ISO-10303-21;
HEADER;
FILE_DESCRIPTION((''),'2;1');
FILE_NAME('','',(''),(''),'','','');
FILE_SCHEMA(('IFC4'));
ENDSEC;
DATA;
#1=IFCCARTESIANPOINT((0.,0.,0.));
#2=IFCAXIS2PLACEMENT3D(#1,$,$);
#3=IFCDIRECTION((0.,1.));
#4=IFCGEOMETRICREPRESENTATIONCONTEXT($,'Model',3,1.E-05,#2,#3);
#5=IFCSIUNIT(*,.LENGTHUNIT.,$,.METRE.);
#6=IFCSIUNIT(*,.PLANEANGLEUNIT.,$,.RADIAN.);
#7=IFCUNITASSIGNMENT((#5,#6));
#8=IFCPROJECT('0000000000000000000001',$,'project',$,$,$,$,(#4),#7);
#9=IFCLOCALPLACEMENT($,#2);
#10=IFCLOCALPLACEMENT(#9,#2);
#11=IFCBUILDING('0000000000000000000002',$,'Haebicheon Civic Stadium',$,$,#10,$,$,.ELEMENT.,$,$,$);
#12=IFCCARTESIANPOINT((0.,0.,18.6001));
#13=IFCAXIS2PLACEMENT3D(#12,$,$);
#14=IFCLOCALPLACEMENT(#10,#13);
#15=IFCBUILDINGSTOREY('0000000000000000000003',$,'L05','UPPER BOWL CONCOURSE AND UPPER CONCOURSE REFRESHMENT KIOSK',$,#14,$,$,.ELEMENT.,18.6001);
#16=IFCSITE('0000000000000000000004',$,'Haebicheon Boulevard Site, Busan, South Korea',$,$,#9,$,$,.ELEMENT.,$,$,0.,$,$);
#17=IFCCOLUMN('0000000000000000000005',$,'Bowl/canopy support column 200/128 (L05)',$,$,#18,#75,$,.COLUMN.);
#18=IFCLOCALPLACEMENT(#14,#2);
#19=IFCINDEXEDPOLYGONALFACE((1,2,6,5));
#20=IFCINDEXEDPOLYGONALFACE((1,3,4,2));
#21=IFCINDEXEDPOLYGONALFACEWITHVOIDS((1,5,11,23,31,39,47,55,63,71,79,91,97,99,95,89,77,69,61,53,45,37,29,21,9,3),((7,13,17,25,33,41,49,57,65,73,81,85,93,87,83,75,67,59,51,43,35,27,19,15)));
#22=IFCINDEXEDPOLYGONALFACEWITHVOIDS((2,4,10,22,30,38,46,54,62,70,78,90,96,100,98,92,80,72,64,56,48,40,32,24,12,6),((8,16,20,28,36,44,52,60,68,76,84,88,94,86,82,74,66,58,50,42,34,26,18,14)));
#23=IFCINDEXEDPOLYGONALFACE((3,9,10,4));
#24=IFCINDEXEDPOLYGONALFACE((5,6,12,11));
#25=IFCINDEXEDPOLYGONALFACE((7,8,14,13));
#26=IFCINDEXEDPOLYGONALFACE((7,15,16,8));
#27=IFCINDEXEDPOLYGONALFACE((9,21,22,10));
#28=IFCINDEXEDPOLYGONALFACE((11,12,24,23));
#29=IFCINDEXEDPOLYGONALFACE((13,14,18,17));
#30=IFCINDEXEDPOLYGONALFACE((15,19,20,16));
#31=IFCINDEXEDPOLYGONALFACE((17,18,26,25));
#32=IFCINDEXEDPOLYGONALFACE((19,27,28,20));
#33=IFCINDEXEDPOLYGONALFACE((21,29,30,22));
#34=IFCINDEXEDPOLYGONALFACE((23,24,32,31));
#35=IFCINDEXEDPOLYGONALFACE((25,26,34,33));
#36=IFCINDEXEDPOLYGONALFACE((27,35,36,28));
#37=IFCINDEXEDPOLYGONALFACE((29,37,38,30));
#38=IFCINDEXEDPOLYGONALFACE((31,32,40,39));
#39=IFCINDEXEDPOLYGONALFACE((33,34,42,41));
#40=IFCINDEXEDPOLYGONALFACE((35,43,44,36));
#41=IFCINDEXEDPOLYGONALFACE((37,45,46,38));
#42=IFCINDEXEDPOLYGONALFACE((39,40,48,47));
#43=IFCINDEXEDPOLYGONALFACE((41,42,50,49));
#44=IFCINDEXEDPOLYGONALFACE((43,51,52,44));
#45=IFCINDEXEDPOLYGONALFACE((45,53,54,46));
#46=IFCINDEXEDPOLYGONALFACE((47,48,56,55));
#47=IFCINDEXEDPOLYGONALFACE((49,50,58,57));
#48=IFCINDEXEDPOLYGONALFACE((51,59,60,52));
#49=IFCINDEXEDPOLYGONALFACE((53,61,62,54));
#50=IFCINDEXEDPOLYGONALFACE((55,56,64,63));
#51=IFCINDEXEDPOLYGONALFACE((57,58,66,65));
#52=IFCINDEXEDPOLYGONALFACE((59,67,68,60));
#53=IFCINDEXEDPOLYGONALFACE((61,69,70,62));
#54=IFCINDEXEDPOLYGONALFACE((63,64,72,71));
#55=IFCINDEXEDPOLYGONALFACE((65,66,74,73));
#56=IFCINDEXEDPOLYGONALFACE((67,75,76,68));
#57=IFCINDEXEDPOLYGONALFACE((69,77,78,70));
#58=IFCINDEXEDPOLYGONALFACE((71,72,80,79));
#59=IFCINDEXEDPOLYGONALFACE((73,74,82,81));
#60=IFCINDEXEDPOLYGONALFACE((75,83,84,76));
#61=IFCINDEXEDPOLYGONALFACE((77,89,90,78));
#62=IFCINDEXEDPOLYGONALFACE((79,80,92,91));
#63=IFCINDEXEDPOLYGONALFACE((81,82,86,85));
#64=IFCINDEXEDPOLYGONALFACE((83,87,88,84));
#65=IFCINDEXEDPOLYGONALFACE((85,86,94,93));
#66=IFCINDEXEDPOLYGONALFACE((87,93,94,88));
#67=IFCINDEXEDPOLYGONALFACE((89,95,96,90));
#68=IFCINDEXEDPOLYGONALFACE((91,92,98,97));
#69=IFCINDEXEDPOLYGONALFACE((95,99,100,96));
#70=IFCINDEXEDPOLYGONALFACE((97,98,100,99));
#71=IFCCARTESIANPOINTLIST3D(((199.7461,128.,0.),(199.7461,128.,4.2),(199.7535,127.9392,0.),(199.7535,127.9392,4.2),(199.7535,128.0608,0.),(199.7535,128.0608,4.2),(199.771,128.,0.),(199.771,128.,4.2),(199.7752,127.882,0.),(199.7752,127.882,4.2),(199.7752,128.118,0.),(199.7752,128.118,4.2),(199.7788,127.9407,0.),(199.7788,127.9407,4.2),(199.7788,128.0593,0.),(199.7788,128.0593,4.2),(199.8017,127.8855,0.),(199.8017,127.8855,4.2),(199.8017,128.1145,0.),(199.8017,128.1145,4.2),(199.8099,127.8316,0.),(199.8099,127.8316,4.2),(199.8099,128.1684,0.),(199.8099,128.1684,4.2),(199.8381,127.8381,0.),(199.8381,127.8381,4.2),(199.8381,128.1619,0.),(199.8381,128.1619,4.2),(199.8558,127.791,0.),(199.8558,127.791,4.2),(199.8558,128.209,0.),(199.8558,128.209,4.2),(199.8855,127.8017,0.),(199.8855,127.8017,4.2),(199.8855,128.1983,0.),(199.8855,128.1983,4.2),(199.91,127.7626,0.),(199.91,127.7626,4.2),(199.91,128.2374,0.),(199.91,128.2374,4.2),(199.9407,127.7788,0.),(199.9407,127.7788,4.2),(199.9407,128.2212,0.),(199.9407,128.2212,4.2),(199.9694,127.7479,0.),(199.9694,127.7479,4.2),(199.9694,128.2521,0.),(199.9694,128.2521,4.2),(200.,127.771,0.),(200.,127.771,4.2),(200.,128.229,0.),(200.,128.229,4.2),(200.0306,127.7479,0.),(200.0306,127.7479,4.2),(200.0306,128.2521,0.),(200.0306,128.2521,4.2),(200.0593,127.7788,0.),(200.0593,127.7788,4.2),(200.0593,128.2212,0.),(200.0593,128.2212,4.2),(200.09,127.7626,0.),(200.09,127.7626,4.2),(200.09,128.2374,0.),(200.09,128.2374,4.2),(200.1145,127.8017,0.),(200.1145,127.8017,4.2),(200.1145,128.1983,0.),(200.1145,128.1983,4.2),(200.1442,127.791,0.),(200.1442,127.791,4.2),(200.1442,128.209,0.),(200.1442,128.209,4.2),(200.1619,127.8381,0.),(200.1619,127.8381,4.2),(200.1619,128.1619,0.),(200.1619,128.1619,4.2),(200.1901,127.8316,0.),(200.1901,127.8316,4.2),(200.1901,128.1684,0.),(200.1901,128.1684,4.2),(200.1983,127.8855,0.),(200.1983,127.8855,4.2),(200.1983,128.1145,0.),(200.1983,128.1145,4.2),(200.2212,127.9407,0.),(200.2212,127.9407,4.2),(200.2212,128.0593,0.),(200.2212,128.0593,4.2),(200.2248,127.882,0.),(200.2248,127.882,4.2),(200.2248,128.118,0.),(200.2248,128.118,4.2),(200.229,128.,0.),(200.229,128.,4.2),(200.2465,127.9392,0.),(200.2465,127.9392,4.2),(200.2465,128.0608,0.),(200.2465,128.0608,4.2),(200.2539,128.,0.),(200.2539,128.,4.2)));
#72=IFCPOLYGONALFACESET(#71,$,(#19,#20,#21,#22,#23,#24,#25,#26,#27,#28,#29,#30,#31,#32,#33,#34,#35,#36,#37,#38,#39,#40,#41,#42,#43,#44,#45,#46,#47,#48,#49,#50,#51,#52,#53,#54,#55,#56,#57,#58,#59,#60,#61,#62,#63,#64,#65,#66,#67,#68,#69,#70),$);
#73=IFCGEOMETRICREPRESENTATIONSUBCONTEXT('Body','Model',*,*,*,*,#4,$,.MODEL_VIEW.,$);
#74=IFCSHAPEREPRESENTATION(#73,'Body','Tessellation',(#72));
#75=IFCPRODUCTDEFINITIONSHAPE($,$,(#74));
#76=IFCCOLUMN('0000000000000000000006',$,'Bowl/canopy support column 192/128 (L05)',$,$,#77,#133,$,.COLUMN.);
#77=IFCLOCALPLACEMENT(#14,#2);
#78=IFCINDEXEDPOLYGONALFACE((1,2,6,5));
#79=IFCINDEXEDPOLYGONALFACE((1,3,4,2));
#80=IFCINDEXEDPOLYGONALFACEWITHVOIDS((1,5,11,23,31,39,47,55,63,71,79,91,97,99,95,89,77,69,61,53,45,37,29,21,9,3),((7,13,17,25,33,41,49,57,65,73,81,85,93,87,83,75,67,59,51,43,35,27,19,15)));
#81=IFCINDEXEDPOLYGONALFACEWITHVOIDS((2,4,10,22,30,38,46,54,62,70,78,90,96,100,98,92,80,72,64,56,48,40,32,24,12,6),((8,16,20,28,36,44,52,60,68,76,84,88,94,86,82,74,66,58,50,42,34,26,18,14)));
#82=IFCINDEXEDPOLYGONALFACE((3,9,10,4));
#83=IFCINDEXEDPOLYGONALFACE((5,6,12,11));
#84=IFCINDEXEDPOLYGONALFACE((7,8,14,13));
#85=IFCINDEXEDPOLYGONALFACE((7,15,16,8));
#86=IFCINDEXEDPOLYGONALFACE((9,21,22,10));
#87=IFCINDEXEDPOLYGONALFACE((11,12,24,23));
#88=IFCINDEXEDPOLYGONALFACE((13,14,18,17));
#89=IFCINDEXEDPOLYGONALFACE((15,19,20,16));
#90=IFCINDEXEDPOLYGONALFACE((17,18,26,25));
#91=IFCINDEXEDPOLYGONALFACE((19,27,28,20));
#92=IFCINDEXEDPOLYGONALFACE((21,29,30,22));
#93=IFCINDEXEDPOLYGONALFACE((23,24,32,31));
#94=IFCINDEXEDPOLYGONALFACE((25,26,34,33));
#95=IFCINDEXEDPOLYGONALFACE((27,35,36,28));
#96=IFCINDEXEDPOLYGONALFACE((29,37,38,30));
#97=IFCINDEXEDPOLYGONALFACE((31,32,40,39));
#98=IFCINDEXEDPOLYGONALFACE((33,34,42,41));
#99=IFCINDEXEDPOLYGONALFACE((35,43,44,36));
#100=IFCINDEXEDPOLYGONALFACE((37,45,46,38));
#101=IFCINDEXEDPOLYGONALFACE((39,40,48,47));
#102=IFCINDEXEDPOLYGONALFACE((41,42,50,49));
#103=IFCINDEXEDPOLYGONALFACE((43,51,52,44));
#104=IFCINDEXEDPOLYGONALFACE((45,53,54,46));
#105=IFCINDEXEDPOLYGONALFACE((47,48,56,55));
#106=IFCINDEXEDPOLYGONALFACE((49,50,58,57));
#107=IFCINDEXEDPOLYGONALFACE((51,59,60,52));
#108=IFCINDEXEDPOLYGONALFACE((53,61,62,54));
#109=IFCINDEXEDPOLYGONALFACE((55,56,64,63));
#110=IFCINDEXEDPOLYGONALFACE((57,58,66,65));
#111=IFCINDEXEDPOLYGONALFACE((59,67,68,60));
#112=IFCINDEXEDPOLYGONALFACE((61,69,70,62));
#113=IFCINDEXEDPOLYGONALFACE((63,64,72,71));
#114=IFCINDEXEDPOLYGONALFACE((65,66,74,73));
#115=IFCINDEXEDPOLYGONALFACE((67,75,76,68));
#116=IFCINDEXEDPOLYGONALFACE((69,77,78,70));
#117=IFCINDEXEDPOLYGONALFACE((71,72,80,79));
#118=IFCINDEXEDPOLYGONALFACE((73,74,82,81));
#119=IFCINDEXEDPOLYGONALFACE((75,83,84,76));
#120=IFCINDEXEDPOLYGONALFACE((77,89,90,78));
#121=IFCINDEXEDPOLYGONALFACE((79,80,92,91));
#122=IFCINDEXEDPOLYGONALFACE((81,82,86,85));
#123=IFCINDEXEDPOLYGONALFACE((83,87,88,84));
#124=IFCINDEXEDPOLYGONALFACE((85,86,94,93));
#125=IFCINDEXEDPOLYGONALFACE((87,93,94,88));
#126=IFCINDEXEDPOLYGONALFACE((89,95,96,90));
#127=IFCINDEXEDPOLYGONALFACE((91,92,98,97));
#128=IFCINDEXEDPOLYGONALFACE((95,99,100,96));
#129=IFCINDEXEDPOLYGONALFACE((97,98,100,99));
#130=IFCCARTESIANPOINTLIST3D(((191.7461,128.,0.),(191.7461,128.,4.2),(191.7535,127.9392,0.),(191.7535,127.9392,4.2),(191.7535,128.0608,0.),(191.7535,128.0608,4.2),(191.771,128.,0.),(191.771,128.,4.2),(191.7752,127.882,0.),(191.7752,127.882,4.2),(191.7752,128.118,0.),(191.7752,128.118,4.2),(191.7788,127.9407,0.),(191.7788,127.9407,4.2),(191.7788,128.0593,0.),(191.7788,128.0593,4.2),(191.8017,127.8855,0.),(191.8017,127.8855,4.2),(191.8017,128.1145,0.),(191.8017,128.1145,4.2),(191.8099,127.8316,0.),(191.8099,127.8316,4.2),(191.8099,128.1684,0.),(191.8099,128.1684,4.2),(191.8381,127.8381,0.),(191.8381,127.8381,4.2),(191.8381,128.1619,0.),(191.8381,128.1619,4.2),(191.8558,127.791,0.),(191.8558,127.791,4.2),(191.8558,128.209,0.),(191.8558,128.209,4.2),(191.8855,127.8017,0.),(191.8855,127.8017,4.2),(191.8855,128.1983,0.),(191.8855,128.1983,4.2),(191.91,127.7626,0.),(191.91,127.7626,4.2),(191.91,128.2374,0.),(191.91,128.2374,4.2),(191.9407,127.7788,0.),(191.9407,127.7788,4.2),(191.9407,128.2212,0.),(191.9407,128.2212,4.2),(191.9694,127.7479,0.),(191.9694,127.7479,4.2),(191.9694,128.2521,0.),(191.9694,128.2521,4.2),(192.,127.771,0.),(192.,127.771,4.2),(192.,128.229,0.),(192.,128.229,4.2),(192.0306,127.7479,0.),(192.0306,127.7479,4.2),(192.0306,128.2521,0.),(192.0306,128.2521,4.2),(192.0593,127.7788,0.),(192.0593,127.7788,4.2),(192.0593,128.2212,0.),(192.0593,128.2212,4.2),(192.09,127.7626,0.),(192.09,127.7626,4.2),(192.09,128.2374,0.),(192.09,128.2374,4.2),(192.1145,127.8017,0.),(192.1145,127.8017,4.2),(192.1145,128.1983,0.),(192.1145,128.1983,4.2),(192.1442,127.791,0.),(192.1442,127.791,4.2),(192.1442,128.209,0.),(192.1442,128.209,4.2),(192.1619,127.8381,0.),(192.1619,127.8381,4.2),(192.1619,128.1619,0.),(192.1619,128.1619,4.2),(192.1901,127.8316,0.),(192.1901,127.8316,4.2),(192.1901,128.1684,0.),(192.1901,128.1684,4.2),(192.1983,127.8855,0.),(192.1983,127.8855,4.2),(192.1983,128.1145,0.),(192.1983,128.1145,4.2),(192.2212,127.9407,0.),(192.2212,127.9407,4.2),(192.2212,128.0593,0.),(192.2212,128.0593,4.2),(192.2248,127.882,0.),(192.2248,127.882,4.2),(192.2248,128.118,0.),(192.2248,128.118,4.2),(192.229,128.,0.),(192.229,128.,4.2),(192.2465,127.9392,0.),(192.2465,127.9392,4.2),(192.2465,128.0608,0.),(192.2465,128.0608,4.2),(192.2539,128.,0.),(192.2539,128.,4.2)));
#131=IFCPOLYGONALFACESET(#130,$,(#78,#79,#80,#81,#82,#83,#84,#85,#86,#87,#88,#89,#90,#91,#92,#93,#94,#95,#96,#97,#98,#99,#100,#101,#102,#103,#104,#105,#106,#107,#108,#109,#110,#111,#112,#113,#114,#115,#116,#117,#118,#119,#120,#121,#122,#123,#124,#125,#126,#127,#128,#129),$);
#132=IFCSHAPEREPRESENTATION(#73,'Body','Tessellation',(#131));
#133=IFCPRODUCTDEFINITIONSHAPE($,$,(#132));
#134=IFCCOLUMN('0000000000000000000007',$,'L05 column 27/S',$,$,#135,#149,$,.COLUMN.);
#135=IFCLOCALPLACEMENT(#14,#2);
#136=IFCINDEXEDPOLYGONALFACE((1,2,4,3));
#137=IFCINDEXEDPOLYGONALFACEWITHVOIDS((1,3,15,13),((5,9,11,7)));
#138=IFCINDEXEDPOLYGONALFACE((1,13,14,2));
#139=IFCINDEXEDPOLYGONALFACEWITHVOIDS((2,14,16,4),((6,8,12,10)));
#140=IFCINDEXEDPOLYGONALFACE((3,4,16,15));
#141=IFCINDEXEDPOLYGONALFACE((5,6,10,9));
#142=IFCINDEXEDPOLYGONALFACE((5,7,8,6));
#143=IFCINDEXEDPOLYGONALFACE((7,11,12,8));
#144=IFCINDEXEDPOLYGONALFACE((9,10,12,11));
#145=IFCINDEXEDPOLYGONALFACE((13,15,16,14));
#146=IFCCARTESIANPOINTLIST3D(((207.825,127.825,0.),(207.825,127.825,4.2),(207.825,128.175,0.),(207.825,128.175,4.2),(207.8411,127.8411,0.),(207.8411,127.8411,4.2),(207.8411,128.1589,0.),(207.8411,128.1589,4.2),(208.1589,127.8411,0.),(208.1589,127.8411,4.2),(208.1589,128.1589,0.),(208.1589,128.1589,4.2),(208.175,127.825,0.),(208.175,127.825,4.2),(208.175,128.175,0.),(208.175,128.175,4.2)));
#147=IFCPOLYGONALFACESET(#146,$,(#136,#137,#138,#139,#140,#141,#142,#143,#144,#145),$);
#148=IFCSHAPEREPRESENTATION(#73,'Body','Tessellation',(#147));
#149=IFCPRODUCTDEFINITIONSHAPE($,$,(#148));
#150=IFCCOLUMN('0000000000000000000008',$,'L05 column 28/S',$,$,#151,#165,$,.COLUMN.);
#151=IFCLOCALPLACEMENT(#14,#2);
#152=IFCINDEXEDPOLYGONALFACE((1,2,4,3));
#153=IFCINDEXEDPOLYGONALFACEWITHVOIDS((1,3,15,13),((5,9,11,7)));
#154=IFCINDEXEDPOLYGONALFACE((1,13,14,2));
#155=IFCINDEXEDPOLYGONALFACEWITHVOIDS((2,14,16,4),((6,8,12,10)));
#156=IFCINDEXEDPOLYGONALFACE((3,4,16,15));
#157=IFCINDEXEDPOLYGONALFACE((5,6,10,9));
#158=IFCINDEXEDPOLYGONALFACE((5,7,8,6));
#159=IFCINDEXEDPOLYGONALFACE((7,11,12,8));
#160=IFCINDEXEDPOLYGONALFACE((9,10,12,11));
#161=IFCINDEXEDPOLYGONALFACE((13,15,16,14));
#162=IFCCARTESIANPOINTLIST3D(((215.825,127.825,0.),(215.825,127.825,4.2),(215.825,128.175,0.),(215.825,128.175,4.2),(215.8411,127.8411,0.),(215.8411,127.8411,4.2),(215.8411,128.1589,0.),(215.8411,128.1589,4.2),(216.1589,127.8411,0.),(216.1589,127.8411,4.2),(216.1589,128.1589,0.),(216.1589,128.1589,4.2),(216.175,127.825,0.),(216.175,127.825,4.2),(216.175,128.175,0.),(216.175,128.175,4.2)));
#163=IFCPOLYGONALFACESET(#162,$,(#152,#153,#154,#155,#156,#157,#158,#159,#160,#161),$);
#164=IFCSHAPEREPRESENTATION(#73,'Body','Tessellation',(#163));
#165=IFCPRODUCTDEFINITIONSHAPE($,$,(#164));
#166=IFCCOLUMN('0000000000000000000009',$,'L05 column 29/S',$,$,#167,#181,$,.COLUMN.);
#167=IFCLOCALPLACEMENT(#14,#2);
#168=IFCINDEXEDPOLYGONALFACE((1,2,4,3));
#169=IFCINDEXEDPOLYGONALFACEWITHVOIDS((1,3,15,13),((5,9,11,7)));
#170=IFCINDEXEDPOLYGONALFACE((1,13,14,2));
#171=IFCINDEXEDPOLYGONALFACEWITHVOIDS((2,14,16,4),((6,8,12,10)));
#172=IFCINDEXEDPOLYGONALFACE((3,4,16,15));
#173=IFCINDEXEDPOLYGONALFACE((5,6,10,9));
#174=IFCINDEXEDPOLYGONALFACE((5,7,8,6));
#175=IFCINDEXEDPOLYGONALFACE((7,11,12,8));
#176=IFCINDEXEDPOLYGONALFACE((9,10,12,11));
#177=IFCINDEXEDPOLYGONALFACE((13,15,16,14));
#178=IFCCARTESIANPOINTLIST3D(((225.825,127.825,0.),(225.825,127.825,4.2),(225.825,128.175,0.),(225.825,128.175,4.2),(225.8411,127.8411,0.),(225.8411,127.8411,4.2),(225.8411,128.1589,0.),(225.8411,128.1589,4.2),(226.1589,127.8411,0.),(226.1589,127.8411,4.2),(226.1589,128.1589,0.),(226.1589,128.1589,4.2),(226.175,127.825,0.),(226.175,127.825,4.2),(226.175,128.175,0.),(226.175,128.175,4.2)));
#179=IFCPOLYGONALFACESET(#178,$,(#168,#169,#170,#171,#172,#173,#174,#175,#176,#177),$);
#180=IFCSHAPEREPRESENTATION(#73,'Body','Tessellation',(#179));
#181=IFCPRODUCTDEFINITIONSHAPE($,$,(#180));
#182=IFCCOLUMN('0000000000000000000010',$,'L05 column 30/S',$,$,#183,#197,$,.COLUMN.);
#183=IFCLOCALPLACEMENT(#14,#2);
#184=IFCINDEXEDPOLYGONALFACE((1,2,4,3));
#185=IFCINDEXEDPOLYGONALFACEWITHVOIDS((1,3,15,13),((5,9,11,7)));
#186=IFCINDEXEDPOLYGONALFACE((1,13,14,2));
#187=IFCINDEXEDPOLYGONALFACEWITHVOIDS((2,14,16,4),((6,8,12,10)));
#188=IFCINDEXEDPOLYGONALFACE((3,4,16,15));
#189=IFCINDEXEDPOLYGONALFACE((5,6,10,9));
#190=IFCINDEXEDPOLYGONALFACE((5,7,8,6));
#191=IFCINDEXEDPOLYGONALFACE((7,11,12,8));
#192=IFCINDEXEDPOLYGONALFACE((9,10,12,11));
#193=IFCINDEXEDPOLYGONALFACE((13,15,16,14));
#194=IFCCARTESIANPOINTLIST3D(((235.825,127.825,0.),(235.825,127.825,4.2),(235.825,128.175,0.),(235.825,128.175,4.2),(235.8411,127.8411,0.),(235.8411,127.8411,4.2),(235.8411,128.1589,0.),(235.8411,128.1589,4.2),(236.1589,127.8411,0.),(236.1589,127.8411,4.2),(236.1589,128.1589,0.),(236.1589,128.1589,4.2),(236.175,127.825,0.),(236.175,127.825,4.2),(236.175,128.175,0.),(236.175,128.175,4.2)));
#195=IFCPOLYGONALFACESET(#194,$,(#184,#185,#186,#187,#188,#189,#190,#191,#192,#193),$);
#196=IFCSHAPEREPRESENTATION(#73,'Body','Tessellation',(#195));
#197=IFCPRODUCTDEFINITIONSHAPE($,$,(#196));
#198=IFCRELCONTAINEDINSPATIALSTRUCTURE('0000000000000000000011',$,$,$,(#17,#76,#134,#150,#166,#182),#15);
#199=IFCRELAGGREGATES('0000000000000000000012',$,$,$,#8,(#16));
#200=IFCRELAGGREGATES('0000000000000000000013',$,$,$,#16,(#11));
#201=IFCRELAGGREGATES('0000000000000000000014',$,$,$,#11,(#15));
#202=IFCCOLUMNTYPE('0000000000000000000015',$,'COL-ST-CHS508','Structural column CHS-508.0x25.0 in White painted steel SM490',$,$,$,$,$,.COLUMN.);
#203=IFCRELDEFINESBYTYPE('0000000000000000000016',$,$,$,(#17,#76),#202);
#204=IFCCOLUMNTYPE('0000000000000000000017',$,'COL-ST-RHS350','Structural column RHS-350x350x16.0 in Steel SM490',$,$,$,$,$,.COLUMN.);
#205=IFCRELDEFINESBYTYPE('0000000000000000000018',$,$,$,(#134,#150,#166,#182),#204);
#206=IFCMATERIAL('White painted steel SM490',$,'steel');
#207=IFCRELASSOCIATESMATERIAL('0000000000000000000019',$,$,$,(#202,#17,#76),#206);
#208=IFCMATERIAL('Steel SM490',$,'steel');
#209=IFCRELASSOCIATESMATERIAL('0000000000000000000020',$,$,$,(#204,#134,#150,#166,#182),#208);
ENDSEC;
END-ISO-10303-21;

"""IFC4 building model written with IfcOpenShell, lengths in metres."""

from ifc_helpers import new_model, si_unit, direction, frame, origin, origin_2d, place, context, subcontext, project, spatial, hollow_rectangle, hollow_circle, extrude, material, material_profile, profile_set, type_object, element, save


model = new_model("IFC4")

# Units and contexts
model_context = context("Model", 3, precision=1e-05, world=origin(), true_north=direction((0.0, 1.0)))
body_context = subcontext(model_context, "Body", "Model", "MODEL_VIEW")
ifc_project = project(units=[si_unit("LENGTHUNIT", "METRE"), si_unit("PLANEANGLEUNIT", "RADIAN")], contexts=[model_context])

# Site, building, storey
site_placement = place(None, origin())
site = spatial("IfcSite", under=ifc_project, at=site_placement, Name="Haebicheon Boulevard Site, Busan, South Korea", CompositionType="ELEMENT", RefElevation=0.0)
building_placement = place(site_placement, origin())
building = spatial("IfcBuilding", under=site, at=building_placement, Name="Haebicheon Civic Stadium", CompositionType="ELEMENT")
storey_placement = place(building_placement, frame((0.0, 0.0, 18.6001)))
storey = spatial("IfcBuildingStorey", under=building, at=storey_placement, Name="L05", Description="UPPER BOWL CONCOURSE AND UPPER CONCOURSE REFRESHMENT KIOSK", CompositionType="ELEMENT", Elevation=18.6001)

# Columns
ifc_material_1 = material(Name="White painted steel SM490", Category="steel")
ifc_material_profile_1 = material_profile(ifc_material_1, hollow_circle(Radius=0.2539, WallThickness=0.0249, at=origin_2d()), Name="CHS-508.0x25.0")
ifc_profile_set_1 = profile_set([ifc_material_profile_1], Name="White painted steel SM490")
column_type_1 = type_object("IfcColumnType", Name="COL-ST-CHS508", Description="Structural column CHS-508.0x25.0 in White painted steel SM490", PredefinedType="COLUMN", material=ifc_profile_set_1)
for number, where, z_axis, x_axis, name in (
    (1, (200.0, 128.0, 0.0), (0.0, 0.0, 1.0), (1.0, 0.0, 0.0), "Bowl/canopy support column 200/128 (L05)"),
    (2, (192.0, 128.0, 0.0), (0.0, 0.0, 1.0), (1.0, 0.0, 0.0), "Bowl/canopy support column 192/128 (L05)"),
):
    element("IfcColumn", number, at=place(storey_placement, frame(where, z_axis=z_axis, x_axis=x_axis)), inside=storey, type_object=column_type_1, material=ifc_profile_set_1, Name=name, PredefinedType="COLUMN", context=body_context, shape_type="SweptSolid", body=[
        extrude(hollow_circle(Radius=0.2539, WallThickness=0.0249, at=origin_2d()), origin(), (0.0, 0.0, 1.0), 4.2),
    ])
ifc_material_2 = material(Name="Steel SM490", Category="steel")
ifc_material_profile_2 = material_profile(ifc_material_2, hollow_rectangle(XDim=0.3501, YDim=0.3501, WallThickness=0.0161, at=origin_2d()), Name="RHS-350x350x16.0")
ifc_profile_set_2 = profile_set([ifc_material_profile_2], Name="Steel SM490")
column_type_2 = type_object("IfcColumnType", Name="COL-ST-RHS350", Description="Structural column RHS-350x350x16.0 in Steel SM490", PredefinedType="COLUMN", material=ifc_profile_set_2)
for number, where, z_axis, x_axis, name in (
    (3, (208.0, 128.0, 0.0), (0.0, 0.0, 1.0), (1.0, 0.0, 0.0), "L05 column 27/S"),
    (4, (216.0, 128.0, 0.0), (0.0, 0.0, 1.0), (1.0, 0.0, 0.0), "L05 column 28/S"),
    (5, (226.0, 128.0, 0.0), (0.0, 0.0, 1.0), (1.0, 0.0, 0.0), "L05 column 29/S"),
    (6, (236.0, 128.0, 0.0), (0.0, 0.0, 1.0), (1.0, 0.0, 0.0), "L05 column 30/S"),
):
    element("IfcColumn", number, at=place(storey_placement, frame(where, z_axis=z_axis, x_axis=x_axis)), inside=storey, type_object=column_type_2, material=ifc_profile_set_2, Name=name, PredefinedType="COLUMN", context=body_context, shape_type="SweptSolid", body=[
        extrude(hollow_rectangle(XDim=0.3501, YDim=0.3501, WallThickness=0.0161, at=origin_2d()), origin(), (0.0, 0.0, 1.0), 4.2),
    ])

save(model, "model.ifc")
